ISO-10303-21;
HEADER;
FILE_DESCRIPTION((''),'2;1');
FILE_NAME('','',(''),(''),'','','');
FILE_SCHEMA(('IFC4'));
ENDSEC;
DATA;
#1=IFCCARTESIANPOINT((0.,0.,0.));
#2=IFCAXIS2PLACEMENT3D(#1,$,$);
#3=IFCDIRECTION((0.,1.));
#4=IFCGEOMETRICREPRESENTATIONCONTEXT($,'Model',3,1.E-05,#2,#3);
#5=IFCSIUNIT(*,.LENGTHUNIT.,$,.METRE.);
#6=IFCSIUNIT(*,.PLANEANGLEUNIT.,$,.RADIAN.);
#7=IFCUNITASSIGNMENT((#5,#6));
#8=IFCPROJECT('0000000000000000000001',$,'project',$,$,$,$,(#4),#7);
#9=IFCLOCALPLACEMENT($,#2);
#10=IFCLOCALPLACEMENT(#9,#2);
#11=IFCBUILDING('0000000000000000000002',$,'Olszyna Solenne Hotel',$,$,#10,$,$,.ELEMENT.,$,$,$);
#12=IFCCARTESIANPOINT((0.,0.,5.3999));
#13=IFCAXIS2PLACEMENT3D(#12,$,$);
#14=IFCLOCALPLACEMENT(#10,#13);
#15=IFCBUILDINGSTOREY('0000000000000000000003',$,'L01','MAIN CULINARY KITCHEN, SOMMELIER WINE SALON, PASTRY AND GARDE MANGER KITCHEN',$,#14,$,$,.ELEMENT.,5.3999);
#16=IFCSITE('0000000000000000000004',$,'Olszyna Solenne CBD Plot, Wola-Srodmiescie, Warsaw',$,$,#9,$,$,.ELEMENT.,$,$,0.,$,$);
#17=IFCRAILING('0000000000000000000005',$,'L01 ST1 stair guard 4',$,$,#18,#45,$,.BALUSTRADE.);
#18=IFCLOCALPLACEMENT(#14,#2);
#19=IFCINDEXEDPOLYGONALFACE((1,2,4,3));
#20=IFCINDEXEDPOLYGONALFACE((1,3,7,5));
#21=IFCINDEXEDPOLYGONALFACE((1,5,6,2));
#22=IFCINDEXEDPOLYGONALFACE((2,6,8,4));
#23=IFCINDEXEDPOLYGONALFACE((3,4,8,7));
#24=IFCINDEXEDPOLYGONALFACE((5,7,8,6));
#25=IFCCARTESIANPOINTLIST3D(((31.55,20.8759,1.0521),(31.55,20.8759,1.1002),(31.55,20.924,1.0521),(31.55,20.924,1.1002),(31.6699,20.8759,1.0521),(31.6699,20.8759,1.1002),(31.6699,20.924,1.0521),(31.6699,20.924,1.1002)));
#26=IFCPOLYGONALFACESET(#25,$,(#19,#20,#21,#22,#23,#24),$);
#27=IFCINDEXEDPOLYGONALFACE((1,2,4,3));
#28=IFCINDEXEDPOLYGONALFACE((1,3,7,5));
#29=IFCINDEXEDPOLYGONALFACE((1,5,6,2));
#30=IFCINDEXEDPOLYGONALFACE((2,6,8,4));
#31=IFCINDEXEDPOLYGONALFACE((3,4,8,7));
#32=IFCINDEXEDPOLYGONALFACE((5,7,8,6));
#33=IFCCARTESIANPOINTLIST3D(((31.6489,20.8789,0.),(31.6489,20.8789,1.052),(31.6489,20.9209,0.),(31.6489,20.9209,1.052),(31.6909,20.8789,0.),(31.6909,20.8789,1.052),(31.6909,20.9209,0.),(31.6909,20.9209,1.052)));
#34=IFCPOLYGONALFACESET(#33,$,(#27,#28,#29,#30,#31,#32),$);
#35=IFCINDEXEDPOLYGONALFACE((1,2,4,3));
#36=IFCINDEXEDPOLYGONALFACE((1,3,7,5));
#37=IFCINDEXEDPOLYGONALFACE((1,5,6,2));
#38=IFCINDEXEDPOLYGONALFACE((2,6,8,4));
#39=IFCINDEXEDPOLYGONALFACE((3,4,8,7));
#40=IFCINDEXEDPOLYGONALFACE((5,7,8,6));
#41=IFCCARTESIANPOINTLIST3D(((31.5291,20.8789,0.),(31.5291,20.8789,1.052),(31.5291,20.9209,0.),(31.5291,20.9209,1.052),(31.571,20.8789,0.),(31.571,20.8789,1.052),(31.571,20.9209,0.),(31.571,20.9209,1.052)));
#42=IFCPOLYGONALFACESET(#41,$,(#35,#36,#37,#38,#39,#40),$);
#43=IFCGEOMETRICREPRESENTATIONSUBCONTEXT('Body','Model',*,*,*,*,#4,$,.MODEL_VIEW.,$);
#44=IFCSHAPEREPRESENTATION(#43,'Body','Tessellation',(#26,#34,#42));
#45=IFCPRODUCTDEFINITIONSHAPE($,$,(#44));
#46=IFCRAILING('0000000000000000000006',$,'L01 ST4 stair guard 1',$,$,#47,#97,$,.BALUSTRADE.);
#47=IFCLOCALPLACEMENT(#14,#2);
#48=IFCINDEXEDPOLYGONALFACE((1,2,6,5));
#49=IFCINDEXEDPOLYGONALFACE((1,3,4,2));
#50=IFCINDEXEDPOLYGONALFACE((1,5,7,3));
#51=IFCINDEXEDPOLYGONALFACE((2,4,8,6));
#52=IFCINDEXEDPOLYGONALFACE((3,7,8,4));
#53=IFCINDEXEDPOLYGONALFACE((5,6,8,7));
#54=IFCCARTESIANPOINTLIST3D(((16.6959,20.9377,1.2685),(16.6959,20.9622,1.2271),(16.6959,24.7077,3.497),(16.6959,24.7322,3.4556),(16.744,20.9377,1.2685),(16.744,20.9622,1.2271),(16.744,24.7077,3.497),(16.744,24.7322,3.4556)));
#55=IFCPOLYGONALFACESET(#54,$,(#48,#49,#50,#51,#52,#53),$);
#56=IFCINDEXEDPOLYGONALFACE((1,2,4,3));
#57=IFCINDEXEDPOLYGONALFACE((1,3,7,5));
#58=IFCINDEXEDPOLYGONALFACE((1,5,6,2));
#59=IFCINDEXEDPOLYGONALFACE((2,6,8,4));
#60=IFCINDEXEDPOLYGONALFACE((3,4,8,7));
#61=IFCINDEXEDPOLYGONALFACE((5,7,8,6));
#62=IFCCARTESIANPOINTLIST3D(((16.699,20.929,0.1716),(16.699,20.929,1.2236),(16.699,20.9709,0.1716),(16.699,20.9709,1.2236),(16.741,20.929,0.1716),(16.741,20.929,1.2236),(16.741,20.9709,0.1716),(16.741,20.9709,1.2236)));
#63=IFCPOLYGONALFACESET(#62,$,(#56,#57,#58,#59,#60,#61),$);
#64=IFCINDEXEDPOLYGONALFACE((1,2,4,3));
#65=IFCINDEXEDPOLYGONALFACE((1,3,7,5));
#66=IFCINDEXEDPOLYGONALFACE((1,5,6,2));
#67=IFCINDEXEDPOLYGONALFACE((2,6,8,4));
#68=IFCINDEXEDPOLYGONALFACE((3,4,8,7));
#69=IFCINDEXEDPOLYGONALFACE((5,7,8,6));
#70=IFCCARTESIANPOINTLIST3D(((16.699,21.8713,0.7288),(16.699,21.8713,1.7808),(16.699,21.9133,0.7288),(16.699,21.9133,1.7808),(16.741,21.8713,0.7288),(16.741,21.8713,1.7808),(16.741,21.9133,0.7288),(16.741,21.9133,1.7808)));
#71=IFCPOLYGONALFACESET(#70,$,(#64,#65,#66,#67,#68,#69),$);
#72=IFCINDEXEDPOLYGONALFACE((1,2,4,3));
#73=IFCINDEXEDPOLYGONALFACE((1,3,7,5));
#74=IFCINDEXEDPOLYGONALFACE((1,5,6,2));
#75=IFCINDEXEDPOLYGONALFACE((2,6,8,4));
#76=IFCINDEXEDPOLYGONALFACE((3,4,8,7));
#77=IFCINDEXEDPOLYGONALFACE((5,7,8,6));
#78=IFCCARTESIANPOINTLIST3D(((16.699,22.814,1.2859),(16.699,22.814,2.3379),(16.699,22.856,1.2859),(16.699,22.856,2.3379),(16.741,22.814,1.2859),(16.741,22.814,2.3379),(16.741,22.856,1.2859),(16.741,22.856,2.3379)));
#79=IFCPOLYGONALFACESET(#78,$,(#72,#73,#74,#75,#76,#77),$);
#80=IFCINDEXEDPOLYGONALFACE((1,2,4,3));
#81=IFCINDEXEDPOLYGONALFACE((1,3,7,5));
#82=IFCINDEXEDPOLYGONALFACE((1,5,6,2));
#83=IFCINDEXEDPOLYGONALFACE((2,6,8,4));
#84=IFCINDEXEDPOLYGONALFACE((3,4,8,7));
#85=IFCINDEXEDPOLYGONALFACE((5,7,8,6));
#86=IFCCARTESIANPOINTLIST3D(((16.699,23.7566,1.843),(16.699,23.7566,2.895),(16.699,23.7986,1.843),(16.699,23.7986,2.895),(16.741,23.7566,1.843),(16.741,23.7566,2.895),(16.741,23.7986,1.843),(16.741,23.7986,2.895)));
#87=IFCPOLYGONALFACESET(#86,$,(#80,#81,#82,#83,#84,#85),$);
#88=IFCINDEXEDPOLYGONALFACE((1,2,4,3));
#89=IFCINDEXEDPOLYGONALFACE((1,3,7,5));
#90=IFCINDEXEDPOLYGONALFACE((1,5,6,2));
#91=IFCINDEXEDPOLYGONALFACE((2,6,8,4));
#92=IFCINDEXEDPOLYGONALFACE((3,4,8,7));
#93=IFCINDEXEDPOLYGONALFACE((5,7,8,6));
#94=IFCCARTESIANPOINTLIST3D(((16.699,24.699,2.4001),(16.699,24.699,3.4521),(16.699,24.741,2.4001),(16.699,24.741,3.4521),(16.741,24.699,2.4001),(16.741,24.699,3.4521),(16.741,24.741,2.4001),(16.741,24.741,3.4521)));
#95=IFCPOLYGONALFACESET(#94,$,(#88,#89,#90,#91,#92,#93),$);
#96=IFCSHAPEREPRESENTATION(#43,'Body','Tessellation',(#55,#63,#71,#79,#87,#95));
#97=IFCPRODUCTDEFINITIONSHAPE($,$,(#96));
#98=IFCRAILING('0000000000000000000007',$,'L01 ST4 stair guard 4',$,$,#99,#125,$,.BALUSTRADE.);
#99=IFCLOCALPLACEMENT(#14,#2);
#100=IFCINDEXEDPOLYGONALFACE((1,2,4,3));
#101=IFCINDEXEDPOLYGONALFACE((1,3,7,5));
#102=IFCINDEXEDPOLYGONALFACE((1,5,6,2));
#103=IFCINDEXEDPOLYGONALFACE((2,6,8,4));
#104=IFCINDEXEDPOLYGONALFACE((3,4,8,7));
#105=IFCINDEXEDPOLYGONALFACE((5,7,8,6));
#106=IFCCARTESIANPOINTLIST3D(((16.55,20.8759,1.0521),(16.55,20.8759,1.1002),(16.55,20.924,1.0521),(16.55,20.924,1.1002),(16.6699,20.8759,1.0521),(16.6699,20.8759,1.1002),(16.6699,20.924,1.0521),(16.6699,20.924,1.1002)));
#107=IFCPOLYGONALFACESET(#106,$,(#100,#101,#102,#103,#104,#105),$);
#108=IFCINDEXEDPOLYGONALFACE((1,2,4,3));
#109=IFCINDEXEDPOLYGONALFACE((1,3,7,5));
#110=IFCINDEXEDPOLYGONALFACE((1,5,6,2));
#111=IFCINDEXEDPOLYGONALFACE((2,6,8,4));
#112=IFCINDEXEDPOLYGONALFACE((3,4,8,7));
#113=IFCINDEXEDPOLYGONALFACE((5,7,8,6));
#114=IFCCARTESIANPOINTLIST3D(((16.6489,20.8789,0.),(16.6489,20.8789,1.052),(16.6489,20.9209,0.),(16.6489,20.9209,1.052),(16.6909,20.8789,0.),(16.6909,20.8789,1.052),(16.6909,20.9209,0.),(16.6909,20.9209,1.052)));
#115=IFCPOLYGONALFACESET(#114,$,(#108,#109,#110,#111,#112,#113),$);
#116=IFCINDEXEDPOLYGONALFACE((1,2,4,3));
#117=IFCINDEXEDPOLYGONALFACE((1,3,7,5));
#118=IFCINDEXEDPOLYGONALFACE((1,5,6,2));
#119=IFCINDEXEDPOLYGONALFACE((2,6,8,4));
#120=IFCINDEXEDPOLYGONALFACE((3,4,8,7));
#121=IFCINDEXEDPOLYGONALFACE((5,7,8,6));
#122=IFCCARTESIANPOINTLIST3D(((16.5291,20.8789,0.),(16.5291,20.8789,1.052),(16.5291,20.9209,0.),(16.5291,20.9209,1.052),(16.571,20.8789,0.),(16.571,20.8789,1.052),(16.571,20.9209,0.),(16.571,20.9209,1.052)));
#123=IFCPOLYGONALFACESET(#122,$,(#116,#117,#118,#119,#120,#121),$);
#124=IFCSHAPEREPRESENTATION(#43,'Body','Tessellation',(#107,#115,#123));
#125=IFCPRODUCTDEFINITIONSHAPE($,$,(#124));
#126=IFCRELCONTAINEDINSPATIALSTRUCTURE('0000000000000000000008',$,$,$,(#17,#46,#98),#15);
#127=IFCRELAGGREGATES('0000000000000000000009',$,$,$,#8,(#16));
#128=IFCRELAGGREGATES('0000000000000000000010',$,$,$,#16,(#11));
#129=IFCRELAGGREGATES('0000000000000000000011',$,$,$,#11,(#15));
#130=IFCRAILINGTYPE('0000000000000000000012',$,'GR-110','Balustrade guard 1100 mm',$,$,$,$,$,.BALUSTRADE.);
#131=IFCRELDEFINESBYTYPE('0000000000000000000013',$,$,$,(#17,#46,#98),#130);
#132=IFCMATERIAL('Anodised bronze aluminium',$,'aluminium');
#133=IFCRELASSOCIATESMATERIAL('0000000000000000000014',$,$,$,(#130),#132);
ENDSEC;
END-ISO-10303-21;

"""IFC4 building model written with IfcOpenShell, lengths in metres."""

from ifc_helpers import new_model, si_unit, direction, frame, origin, origin_2d, place, context, subcontext, project, spatial, rectangle, extrude, material, type_object, element, save


model = new_model("IFC4")

# Units and contexts
model_context = context("Model", 3, precision=1e-05, world=origin(), true_north=direction((0.0, 1.0)))
body_context = subcontext(model_context, "Body", "Model", "MODEL_VIEW")
ifc_project = project(units=[si_unit("LENGTHUNIT", "METRE"), si_unit("PLANEANGLEUNIT", "RADIAN")], contexts=[model_context])

# Site, building, storey
site_placement = place(None, origin())
site = spatial("IfcSite", under=ifc_project, at=site_placement, Name="Olszyna Solenne CBD Plot, Wola-Srodmiescie, Warsaw", CompositionType="ELEMENT", RefElevation=0.0)
building_placement = place(site_placement, origin())
building = spatial("IfcBuilding", under=site, at=building_placement, Name="Olszyna Solenne Hotel", CompositionType="ELEMENT")
storey_placement = place(building_placement, frame((0.0, 0.0, 5.3999)))
storey = spatial("IfcBuildingStorey", under=building, at=storey_placement, Name="L01", Description="MAIN CULINARY KITCHEN, SOMMELIER WINE SALON, PASTRY AND GARDE MANGER KITCHEN", CompositionType="ELEMENT", Elevation=5.3999)

# Railings
ifc_material_1 = material(Name="Anodised bronze aluminium", Category="aluminium")
railing_type_1 = type_object("IfcRailingType", Name="GR-110", Description="Balustrade guard 1100 mm", PredefinedType="BALUSTRADE", material=ifc_material_1)
railing_1_placement = place(storey_placement, frame((31.6699, 20.8999, 0.0)))
element("IfcRailing", 1, at=railing_1_placement, inside=storey, type_object=railing_type_1, Name="L01 ST1 stair guard 4", PredefinedType="BALUSTRADE", context=body_context, shape_type="SweptSolid", body=[
    extrude(rectangle(XDim=0.0481, YDim=0.0481, at=origin_2d()), frame((0.0, 0.0, 1.0762), z_axis=(-1.0, 0.0, 0.0), x_axis=(0.0, -1.0, 0.0)), (0.0, 0.0, 1.0), 0.1199),
    extrude(rectangle(XDim=0.042, YDim=0.042, at=origin_2d()), origin(), (0.0, 0.0, 1.0), 1.052),
    extrude(rectangle(XDim=0.042, YDim=0.042, at=origin_2d()), frame((-0.1199, 0.0, 0.0)), (0.0, 0.0, 1.0), 1.052),
])
railing_2_placement = place(storey_placement, frame((16.72, 20.95, 0.1716)))
element("IfcRailing", 2, at=railing_2_placement, inside=storey, type_object=railing_type_1, Name="L01 ST4 stair guard 1", PredefinedType="BALUSTRADE", context=body_context, shape_type="SweptSolid", body=[
    extrude(rectangle(XDim=0.0481, YDim=0.0481, at=origin_2d()), frame((0.0, 0.0, 1.0762), z_axis=(0.0, 0.860849, 0.508861), x_axis=(-1.0, 0.0, 0.0)), (0.0, 0.0, 1.0), 4.3794),
    extrude(rectangle(XDim=0.042, YDim=0.042, at=origin_2d()), origin(), (0.0, 0.0, 1.0), 1.052),
    extrude(rectangle(XDim=0.042, YDim=0.042, at=origin_2d()), frame((0.0, 0.9424, 0.5571)), (0.0, 0.0, 1.0), 1.052),
    extrude(rectangle(XDim=0.042, YDim=0.042, at=origin_2d()), frame((0.0, 1.885, 1.1143)), (0.0, 0.0, 1.0), 1.052),
    extrude(rectangle(XDim=0.042, YDim=0.042, at=origin_2d()), frame((0.0, 2.8276, 1.6714)), (0.0, 0.0, 1.0), 1.052),
    extrude(rectangle(XDim=0.042, YDim=0.042, at=origin_2d()), frame((0.0, 3.77, 2.2285)), (0.0, 0.0, 1.0), 1.052),
])
railing_3_placement = place(storey_placement, frame((16.6699, 20.8999, 0.0)))
element("IfcRailing", 3, at=railing_3_placement, inside=storey, type_object=railing_type_1, Name="L01 ST4 stair guard 4", PredefinedType="BALUSTRADE", context=body_context, shape_type="SweptSolid", body=[
    extrude(rectangle(XDim=0.0481, YDim=0.0481, at=origin_2d()), frame((0.0, 0.0, 1.0762), z_axis=(-1.0, 0.0, 0.0), x_axis=(0.0, -1.0, 0.0)), (0.0, 0.0, 1.0), 0.1199),
    extrude(rectangle(XDim=0.042, YDim=0.042, at=origin_2d()), origin(), (0.0, 0.0, 1.0), 1.052),
    extrude(rectangle(XDim=0.042, YDim=0.042, at=origin_2d()), frame((-0.1199, 0.0, 0.0)), (0.0, 0.0, 1.0), 1.052),
])

save(model, "model.ifc")
